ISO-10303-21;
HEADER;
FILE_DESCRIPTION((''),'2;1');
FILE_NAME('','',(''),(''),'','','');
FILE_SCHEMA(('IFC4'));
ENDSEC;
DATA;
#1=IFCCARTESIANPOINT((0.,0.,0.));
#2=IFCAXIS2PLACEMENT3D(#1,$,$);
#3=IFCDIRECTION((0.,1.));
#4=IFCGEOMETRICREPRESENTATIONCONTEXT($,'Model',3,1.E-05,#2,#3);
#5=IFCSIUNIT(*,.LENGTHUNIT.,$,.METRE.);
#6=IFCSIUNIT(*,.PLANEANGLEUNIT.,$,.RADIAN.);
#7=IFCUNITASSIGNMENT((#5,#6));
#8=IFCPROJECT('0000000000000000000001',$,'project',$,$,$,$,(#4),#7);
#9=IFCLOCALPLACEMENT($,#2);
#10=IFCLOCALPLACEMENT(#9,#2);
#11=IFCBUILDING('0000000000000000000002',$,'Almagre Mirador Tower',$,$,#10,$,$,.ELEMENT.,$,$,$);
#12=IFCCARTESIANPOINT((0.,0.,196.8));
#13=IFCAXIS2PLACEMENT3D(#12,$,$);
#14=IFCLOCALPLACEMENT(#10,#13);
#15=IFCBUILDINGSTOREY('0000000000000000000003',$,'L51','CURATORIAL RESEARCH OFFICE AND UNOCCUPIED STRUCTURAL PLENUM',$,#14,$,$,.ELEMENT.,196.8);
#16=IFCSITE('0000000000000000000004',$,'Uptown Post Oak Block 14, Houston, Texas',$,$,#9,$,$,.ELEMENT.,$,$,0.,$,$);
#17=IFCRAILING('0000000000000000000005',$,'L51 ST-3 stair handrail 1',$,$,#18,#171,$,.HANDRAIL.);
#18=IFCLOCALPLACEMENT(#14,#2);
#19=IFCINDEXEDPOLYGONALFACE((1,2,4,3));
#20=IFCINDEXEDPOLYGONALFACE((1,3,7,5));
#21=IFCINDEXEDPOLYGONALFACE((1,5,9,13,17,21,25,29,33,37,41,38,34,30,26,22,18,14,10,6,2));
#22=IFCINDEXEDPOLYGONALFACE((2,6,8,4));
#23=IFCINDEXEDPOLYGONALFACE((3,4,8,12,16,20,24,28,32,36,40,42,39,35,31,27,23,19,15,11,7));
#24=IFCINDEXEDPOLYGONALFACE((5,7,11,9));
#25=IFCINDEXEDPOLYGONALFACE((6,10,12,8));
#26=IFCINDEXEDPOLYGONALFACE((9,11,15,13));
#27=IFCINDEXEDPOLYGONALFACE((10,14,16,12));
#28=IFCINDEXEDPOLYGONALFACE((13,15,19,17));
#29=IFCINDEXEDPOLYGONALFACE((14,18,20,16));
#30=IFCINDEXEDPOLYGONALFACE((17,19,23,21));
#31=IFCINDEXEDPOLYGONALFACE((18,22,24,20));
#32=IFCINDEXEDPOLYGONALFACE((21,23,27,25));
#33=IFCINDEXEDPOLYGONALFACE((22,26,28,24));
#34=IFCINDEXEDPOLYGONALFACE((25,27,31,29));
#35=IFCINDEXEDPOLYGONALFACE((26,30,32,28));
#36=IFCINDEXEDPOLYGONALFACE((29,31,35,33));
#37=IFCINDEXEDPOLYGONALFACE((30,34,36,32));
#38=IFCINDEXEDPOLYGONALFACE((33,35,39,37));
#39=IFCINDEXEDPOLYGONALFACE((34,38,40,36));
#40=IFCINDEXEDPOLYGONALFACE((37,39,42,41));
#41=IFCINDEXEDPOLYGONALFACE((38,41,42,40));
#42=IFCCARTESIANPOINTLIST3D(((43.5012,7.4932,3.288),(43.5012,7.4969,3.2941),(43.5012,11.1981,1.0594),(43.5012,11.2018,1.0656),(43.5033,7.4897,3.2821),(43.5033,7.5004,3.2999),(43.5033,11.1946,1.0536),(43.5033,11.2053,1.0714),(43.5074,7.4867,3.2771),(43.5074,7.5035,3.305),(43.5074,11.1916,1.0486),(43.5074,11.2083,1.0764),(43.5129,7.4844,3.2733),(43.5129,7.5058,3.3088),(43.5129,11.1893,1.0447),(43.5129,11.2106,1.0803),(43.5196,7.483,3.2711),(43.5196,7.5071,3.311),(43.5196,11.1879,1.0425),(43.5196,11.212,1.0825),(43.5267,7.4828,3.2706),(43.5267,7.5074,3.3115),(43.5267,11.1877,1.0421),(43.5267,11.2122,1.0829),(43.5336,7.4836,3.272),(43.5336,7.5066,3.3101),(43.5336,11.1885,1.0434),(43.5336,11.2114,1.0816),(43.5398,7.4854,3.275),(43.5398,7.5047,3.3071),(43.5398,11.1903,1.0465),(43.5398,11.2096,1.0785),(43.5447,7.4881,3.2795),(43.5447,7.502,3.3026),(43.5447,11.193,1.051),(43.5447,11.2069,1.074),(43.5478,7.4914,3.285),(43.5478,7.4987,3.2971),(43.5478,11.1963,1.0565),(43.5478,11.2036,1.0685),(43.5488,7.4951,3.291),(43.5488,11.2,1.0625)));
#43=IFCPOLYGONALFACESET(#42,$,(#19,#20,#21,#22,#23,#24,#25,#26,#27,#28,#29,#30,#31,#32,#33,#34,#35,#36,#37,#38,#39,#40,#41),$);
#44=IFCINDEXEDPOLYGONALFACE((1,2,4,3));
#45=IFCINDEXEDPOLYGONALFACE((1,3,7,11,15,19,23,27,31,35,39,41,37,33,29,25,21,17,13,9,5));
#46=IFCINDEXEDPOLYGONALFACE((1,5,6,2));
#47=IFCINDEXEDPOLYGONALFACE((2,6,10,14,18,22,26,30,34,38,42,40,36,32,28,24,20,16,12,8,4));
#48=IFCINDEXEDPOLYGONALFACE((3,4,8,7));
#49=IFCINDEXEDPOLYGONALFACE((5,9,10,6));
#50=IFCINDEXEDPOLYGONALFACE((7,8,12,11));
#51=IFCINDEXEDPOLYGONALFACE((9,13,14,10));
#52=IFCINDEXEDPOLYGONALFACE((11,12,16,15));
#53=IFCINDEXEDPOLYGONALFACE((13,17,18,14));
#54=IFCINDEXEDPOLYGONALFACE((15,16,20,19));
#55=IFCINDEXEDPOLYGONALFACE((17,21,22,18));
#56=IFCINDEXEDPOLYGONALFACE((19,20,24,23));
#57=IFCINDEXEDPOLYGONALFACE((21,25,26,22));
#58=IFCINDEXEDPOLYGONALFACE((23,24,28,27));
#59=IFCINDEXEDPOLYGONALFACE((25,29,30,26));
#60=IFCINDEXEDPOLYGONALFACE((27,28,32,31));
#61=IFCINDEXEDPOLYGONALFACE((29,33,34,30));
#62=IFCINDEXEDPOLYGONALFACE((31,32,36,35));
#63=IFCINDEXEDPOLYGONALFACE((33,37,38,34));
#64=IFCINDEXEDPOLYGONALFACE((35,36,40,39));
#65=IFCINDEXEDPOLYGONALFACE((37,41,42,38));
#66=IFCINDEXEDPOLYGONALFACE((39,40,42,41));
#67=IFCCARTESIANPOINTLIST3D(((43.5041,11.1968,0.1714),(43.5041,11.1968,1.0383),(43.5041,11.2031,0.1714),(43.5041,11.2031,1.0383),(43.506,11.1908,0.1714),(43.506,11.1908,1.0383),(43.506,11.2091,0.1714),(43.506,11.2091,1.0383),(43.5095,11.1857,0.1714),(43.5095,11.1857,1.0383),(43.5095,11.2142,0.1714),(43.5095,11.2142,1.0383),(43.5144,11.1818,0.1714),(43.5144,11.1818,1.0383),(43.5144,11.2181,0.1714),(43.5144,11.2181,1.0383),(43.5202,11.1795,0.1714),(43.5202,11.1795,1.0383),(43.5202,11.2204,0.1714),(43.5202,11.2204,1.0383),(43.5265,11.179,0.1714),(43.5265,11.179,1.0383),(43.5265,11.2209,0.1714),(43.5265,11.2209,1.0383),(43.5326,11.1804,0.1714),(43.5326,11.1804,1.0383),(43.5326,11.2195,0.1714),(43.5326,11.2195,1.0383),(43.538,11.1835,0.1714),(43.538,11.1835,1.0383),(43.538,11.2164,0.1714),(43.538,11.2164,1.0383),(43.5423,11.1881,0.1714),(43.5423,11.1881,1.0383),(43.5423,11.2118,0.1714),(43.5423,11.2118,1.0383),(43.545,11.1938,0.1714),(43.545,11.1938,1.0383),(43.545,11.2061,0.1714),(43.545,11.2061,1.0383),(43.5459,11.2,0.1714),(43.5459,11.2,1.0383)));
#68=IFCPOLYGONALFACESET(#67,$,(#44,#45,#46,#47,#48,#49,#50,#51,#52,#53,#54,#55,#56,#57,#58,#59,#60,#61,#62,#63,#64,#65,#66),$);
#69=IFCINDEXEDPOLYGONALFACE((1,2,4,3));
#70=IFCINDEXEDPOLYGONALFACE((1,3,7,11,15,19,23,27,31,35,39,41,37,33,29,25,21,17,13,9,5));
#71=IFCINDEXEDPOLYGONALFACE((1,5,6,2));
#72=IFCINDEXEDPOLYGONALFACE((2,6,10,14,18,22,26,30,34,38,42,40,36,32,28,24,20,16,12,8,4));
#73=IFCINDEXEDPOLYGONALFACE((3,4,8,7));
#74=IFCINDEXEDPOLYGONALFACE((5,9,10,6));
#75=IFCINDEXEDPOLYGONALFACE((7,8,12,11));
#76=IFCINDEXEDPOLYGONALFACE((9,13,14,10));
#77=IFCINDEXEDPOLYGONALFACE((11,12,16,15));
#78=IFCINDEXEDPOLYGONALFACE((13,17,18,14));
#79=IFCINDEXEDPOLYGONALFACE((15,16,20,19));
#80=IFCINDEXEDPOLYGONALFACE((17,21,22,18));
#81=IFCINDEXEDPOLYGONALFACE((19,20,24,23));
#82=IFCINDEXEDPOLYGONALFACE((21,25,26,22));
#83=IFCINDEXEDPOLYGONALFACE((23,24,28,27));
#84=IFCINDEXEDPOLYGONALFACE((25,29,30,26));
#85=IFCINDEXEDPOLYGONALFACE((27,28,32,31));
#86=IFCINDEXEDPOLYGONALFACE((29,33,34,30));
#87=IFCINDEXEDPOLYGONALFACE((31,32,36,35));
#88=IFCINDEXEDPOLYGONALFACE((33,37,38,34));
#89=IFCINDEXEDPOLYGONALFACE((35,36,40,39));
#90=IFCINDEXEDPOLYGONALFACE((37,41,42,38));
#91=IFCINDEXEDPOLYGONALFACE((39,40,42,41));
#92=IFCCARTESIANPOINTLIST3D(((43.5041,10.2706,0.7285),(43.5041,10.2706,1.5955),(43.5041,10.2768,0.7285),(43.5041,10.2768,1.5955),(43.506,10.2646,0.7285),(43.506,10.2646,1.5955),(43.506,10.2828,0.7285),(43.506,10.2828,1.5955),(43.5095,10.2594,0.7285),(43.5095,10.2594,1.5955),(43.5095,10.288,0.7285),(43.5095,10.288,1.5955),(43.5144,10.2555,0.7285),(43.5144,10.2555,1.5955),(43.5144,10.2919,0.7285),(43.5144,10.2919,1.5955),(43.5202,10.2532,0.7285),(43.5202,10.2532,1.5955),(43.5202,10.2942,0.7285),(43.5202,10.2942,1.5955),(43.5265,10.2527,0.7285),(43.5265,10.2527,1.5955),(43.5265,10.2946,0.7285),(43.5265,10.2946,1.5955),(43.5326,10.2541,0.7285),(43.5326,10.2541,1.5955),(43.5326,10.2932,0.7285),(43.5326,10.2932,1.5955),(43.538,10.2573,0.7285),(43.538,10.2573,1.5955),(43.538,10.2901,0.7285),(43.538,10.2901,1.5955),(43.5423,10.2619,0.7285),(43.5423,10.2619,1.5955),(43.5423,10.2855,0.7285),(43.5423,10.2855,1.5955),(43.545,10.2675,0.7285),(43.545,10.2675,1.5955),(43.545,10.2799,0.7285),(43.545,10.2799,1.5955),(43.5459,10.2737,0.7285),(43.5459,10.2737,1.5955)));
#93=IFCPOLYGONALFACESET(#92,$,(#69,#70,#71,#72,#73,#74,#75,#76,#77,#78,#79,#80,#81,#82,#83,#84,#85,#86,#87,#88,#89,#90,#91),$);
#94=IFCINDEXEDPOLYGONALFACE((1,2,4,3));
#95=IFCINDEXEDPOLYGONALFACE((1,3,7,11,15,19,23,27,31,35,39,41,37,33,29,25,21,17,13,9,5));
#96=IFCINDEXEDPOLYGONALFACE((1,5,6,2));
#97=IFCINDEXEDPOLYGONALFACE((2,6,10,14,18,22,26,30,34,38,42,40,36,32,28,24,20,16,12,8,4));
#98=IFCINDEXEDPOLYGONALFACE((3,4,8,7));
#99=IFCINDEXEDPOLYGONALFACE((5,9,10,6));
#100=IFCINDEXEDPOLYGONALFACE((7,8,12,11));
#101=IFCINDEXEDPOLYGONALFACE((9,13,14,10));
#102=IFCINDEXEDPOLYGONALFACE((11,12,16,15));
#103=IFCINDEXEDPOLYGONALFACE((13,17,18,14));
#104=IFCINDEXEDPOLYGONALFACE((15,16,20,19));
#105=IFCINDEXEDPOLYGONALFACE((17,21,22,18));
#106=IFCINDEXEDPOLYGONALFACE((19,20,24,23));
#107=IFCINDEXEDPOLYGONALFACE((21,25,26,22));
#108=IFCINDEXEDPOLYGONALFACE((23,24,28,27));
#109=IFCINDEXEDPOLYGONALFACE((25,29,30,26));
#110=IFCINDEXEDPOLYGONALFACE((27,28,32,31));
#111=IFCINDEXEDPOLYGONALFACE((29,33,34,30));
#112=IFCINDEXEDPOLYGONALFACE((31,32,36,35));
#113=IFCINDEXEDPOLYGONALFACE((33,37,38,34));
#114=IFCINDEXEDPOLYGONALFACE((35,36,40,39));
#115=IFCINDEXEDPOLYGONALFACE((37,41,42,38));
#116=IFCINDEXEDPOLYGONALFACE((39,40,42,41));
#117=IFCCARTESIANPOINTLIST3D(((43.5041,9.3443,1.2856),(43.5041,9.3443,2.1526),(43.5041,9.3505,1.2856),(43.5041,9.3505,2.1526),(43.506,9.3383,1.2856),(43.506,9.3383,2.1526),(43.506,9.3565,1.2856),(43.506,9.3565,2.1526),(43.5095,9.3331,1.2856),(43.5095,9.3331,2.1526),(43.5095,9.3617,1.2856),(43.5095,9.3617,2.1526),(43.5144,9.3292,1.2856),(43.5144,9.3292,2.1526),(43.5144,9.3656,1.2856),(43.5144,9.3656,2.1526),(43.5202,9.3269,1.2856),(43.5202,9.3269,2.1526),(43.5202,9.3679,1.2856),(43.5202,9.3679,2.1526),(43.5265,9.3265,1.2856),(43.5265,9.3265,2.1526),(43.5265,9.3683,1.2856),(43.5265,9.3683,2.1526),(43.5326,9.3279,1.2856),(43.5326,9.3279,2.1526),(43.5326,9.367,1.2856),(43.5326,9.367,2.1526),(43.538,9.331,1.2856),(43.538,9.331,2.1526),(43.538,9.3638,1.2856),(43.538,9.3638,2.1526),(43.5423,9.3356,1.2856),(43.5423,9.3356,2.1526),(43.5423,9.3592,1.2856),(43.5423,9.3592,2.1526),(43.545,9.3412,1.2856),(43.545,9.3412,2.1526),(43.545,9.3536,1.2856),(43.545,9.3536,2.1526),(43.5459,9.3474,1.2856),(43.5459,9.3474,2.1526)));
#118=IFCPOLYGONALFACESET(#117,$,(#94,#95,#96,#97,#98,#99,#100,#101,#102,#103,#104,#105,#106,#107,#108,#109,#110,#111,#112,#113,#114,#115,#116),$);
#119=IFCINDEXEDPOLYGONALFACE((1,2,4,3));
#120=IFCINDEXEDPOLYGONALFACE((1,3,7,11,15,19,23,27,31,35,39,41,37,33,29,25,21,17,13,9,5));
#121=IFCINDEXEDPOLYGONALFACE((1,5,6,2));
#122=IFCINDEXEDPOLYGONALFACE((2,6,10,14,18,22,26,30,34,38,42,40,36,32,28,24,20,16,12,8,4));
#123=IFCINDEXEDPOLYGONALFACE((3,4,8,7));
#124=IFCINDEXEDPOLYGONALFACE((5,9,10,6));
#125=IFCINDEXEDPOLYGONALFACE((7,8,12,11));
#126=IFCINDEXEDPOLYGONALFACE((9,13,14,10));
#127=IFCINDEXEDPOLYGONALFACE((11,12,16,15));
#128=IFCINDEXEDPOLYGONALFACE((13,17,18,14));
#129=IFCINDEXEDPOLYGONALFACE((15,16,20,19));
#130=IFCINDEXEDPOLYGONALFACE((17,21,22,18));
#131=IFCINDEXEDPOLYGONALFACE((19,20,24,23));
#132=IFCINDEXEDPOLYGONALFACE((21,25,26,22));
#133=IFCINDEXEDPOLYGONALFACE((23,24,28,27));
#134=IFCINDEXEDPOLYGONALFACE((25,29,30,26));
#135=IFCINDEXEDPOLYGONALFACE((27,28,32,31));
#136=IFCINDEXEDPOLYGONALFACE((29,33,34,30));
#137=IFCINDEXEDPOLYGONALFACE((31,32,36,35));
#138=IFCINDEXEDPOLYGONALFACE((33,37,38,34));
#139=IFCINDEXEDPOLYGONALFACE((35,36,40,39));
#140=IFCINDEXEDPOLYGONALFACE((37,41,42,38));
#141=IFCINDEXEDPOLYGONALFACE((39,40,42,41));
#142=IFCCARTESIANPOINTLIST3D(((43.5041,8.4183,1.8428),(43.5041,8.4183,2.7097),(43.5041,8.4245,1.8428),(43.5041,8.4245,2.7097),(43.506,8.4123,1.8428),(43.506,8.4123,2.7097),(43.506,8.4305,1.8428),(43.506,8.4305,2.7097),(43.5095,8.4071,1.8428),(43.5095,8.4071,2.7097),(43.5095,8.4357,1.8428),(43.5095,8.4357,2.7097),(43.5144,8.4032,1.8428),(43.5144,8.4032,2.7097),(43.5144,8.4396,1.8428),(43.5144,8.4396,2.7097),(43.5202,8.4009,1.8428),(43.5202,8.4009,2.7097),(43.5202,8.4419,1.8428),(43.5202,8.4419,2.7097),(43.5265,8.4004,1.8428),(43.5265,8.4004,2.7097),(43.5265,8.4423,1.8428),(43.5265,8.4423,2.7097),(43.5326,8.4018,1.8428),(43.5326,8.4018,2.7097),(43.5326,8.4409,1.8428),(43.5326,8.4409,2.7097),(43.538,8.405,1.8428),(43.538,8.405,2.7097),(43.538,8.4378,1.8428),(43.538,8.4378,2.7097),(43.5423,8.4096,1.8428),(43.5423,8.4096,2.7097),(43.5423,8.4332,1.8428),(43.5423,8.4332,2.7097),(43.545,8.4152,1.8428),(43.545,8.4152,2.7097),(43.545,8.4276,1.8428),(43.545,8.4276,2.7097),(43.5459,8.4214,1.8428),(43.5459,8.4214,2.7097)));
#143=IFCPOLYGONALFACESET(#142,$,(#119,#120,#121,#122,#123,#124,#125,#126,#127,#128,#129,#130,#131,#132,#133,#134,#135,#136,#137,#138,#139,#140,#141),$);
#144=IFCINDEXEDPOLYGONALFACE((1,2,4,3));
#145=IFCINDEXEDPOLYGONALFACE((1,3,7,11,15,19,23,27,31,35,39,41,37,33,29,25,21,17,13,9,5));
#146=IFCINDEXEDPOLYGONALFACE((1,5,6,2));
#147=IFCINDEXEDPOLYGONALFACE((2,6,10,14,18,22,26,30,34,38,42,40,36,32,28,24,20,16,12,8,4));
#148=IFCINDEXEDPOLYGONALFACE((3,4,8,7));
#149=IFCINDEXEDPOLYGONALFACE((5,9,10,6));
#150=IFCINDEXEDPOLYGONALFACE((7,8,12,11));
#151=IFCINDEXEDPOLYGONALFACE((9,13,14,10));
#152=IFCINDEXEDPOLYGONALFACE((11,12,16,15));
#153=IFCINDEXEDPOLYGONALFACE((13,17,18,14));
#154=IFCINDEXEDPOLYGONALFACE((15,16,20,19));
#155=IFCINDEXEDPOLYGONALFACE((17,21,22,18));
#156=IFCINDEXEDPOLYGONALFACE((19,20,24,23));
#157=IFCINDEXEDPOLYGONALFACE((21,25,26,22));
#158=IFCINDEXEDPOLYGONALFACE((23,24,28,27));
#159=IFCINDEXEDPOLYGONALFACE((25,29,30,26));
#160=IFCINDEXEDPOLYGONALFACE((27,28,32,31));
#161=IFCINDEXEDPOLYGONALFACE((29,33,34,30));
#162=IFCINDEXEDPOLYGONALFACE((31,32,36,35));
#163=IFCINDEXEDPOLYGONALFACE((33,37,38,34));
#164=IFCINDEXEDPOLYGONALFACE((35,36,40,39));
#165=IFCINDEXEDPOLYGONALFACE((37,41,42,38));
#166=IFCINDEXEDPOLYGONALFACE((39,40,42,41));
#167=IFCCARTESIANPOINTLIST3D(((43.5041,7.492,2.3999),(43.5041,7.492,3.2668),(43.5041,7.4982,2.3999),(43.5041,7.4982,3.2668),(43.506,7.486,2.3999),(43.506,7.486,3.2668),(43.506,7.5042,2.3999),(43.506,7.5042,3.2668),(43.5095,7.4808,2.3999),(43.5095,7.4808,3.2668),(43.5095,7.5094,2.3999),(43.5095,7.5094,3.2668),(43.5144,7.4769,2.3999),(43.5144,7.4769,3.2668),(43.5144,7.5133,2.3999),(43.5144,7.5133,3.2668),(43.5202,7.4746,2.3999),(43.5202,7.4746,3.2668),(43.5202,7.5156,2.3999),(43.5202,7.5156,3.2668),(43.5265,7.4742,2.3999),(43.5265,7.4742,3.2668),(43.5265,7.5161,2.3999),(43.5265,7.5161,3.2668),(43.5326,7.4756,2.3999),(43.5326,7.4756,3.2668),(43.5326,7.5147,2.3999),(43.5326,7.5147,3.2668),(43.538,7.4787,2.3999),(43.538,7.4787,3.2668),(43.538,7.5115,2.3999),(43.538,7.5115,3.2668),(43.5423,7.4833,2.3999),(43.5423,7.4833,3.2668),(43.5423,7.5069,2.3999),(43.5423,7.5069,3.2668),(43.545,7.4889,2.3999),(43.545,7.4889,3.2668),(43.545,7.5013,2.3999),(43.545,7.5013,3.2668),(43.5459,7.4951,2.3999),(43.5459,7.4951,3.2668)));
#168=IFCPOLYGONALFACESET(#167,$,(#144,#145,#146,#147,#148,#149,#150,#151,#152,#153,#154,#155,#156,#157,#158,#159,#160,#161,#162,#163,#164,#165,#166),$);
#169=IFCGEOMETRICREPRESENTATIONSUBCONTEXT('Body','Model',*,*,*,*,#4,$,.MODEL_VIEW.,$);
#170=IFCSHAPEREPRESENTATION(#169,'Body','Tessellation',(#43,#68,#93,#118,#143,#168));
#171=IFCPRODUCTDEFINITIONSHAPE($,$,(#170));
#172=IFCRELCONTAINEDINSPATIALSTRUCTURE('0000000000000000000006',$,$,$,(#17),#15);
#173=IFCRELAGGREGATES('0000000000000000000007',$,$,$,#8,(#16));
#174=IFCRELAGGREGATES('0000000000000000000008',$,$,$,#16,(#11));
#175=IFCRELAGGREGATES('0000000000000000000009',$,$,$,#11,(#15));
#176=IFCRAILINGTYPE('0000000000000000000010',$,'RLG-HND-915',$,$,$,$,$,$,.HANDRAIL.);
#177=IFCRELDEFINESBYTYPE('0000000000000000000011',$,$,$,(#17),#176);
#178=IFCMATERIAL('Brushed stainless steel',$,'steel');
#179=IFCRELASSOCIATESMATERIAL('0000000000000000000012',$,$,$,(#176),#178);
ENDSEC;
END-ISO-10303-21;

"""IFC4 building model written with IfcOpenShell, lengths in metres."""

from ifc_helpers import new_model, si_unit, direction, frame, origin, origin_2d, place, context, subcontext, project, spatial, circle, extrude, material, type_object, element, save


model = new_model("IFC4")

# Units and contexts
model_context = context("Model", 3, precision=1e-05, world=origin(), true_north=direction((0.0, 1.0)))
body_context = subcontext(model_context, "Body", "Model", "MODEL_VIEW")
ifc_project = project(units=[si_unit("LENGTHUNIT", "METRE"), si_unit("PLANEANGLEUNIT", "RADIAN")], contexts=[model_context])

# Site, building, storey
site_placement = place(None, origin())
site = spatial("IfcSite", under=ifc_project, at=site_placement, Name="Uptown Post Oak Block 14, Houston, Texas", CompositionType="ELEMENT", RefElevation=0.0)
building_placement = place(site_placement, origin())
building = spatial("IfcBuilding", under=site, at=building_placement, Name="Almagre Mirador Tower", CompositionType="ELEMENT")
storey_placement = place(building_placement, frame((0.0, 0.0, 196.8)))
storey = spatial("IfcBuildingStorey", under=building, at=storey_placement, Name="L51", Description="CURATORIAL RESEARCH OFFICE AND UNOCCUPIED STRUCTURAL PLENUM", CompositionType="ELEMENT", Elevation=196.8)

# Railing
ifc_material_1 = material(Name="Brushed stainless steel", Category="steel")
railing_type_1 = type_object("IfcRailingType", Name="RLG-HND-915", PredefinedType="HANDRAIL", material=ifc_material_1)
for number, where, name in (
    (1, (43.5249, 11.2, 0.1714), "L51 ST-3 stair handrail 1"),
):
    element("IfcRailing", number, at=place(storey_placement, frame(where)), inside=storey, type_object=railing_type_1, Name=name, PredefinedType="HANDRAIL", context=body_context, shape_type="SweptSolid", body=[
        extrude(circle(Radius=0.0239, at=origin_2d()), frame((0.0, 0.0, 0.8911), z_axis=(0.0, -0.856919, 0.51545), x_axis=(1.0, 0.0, 0.0)), (0.0, 0.0, 1.0), 4.3235),
        extrude(circle(Radius=0.021, at=origin_2d()), origin(), (0.0, 0.0, 1.0), 0.8669),
        extrude(circle(Radius=0.021, at=origin_2d()), frame((0.0, -0.9263, 0.5571)), (0.0, 0.0, 1.0), 0.8669),
        extrude(circle(Radius=0.021, at=origin_2d()), frame((0.0, -1.8525, 1.1143)), (0.0, 0.0, 1.0), 0.8669),
        extrude(circle(Radius=0.021, at=origin_2d()), frame((0.0, -2.7786, 1.6714)), (0.0, 0.0, 1.0), 0.8669),
        extrude(circle(Radius=0.021, at=origin_2d()), frame((0.0, -3.7048, 2.2285)), (0.0, 0.0, 1.0), 0.8669),
    ])

save(model, "model.ifc")
